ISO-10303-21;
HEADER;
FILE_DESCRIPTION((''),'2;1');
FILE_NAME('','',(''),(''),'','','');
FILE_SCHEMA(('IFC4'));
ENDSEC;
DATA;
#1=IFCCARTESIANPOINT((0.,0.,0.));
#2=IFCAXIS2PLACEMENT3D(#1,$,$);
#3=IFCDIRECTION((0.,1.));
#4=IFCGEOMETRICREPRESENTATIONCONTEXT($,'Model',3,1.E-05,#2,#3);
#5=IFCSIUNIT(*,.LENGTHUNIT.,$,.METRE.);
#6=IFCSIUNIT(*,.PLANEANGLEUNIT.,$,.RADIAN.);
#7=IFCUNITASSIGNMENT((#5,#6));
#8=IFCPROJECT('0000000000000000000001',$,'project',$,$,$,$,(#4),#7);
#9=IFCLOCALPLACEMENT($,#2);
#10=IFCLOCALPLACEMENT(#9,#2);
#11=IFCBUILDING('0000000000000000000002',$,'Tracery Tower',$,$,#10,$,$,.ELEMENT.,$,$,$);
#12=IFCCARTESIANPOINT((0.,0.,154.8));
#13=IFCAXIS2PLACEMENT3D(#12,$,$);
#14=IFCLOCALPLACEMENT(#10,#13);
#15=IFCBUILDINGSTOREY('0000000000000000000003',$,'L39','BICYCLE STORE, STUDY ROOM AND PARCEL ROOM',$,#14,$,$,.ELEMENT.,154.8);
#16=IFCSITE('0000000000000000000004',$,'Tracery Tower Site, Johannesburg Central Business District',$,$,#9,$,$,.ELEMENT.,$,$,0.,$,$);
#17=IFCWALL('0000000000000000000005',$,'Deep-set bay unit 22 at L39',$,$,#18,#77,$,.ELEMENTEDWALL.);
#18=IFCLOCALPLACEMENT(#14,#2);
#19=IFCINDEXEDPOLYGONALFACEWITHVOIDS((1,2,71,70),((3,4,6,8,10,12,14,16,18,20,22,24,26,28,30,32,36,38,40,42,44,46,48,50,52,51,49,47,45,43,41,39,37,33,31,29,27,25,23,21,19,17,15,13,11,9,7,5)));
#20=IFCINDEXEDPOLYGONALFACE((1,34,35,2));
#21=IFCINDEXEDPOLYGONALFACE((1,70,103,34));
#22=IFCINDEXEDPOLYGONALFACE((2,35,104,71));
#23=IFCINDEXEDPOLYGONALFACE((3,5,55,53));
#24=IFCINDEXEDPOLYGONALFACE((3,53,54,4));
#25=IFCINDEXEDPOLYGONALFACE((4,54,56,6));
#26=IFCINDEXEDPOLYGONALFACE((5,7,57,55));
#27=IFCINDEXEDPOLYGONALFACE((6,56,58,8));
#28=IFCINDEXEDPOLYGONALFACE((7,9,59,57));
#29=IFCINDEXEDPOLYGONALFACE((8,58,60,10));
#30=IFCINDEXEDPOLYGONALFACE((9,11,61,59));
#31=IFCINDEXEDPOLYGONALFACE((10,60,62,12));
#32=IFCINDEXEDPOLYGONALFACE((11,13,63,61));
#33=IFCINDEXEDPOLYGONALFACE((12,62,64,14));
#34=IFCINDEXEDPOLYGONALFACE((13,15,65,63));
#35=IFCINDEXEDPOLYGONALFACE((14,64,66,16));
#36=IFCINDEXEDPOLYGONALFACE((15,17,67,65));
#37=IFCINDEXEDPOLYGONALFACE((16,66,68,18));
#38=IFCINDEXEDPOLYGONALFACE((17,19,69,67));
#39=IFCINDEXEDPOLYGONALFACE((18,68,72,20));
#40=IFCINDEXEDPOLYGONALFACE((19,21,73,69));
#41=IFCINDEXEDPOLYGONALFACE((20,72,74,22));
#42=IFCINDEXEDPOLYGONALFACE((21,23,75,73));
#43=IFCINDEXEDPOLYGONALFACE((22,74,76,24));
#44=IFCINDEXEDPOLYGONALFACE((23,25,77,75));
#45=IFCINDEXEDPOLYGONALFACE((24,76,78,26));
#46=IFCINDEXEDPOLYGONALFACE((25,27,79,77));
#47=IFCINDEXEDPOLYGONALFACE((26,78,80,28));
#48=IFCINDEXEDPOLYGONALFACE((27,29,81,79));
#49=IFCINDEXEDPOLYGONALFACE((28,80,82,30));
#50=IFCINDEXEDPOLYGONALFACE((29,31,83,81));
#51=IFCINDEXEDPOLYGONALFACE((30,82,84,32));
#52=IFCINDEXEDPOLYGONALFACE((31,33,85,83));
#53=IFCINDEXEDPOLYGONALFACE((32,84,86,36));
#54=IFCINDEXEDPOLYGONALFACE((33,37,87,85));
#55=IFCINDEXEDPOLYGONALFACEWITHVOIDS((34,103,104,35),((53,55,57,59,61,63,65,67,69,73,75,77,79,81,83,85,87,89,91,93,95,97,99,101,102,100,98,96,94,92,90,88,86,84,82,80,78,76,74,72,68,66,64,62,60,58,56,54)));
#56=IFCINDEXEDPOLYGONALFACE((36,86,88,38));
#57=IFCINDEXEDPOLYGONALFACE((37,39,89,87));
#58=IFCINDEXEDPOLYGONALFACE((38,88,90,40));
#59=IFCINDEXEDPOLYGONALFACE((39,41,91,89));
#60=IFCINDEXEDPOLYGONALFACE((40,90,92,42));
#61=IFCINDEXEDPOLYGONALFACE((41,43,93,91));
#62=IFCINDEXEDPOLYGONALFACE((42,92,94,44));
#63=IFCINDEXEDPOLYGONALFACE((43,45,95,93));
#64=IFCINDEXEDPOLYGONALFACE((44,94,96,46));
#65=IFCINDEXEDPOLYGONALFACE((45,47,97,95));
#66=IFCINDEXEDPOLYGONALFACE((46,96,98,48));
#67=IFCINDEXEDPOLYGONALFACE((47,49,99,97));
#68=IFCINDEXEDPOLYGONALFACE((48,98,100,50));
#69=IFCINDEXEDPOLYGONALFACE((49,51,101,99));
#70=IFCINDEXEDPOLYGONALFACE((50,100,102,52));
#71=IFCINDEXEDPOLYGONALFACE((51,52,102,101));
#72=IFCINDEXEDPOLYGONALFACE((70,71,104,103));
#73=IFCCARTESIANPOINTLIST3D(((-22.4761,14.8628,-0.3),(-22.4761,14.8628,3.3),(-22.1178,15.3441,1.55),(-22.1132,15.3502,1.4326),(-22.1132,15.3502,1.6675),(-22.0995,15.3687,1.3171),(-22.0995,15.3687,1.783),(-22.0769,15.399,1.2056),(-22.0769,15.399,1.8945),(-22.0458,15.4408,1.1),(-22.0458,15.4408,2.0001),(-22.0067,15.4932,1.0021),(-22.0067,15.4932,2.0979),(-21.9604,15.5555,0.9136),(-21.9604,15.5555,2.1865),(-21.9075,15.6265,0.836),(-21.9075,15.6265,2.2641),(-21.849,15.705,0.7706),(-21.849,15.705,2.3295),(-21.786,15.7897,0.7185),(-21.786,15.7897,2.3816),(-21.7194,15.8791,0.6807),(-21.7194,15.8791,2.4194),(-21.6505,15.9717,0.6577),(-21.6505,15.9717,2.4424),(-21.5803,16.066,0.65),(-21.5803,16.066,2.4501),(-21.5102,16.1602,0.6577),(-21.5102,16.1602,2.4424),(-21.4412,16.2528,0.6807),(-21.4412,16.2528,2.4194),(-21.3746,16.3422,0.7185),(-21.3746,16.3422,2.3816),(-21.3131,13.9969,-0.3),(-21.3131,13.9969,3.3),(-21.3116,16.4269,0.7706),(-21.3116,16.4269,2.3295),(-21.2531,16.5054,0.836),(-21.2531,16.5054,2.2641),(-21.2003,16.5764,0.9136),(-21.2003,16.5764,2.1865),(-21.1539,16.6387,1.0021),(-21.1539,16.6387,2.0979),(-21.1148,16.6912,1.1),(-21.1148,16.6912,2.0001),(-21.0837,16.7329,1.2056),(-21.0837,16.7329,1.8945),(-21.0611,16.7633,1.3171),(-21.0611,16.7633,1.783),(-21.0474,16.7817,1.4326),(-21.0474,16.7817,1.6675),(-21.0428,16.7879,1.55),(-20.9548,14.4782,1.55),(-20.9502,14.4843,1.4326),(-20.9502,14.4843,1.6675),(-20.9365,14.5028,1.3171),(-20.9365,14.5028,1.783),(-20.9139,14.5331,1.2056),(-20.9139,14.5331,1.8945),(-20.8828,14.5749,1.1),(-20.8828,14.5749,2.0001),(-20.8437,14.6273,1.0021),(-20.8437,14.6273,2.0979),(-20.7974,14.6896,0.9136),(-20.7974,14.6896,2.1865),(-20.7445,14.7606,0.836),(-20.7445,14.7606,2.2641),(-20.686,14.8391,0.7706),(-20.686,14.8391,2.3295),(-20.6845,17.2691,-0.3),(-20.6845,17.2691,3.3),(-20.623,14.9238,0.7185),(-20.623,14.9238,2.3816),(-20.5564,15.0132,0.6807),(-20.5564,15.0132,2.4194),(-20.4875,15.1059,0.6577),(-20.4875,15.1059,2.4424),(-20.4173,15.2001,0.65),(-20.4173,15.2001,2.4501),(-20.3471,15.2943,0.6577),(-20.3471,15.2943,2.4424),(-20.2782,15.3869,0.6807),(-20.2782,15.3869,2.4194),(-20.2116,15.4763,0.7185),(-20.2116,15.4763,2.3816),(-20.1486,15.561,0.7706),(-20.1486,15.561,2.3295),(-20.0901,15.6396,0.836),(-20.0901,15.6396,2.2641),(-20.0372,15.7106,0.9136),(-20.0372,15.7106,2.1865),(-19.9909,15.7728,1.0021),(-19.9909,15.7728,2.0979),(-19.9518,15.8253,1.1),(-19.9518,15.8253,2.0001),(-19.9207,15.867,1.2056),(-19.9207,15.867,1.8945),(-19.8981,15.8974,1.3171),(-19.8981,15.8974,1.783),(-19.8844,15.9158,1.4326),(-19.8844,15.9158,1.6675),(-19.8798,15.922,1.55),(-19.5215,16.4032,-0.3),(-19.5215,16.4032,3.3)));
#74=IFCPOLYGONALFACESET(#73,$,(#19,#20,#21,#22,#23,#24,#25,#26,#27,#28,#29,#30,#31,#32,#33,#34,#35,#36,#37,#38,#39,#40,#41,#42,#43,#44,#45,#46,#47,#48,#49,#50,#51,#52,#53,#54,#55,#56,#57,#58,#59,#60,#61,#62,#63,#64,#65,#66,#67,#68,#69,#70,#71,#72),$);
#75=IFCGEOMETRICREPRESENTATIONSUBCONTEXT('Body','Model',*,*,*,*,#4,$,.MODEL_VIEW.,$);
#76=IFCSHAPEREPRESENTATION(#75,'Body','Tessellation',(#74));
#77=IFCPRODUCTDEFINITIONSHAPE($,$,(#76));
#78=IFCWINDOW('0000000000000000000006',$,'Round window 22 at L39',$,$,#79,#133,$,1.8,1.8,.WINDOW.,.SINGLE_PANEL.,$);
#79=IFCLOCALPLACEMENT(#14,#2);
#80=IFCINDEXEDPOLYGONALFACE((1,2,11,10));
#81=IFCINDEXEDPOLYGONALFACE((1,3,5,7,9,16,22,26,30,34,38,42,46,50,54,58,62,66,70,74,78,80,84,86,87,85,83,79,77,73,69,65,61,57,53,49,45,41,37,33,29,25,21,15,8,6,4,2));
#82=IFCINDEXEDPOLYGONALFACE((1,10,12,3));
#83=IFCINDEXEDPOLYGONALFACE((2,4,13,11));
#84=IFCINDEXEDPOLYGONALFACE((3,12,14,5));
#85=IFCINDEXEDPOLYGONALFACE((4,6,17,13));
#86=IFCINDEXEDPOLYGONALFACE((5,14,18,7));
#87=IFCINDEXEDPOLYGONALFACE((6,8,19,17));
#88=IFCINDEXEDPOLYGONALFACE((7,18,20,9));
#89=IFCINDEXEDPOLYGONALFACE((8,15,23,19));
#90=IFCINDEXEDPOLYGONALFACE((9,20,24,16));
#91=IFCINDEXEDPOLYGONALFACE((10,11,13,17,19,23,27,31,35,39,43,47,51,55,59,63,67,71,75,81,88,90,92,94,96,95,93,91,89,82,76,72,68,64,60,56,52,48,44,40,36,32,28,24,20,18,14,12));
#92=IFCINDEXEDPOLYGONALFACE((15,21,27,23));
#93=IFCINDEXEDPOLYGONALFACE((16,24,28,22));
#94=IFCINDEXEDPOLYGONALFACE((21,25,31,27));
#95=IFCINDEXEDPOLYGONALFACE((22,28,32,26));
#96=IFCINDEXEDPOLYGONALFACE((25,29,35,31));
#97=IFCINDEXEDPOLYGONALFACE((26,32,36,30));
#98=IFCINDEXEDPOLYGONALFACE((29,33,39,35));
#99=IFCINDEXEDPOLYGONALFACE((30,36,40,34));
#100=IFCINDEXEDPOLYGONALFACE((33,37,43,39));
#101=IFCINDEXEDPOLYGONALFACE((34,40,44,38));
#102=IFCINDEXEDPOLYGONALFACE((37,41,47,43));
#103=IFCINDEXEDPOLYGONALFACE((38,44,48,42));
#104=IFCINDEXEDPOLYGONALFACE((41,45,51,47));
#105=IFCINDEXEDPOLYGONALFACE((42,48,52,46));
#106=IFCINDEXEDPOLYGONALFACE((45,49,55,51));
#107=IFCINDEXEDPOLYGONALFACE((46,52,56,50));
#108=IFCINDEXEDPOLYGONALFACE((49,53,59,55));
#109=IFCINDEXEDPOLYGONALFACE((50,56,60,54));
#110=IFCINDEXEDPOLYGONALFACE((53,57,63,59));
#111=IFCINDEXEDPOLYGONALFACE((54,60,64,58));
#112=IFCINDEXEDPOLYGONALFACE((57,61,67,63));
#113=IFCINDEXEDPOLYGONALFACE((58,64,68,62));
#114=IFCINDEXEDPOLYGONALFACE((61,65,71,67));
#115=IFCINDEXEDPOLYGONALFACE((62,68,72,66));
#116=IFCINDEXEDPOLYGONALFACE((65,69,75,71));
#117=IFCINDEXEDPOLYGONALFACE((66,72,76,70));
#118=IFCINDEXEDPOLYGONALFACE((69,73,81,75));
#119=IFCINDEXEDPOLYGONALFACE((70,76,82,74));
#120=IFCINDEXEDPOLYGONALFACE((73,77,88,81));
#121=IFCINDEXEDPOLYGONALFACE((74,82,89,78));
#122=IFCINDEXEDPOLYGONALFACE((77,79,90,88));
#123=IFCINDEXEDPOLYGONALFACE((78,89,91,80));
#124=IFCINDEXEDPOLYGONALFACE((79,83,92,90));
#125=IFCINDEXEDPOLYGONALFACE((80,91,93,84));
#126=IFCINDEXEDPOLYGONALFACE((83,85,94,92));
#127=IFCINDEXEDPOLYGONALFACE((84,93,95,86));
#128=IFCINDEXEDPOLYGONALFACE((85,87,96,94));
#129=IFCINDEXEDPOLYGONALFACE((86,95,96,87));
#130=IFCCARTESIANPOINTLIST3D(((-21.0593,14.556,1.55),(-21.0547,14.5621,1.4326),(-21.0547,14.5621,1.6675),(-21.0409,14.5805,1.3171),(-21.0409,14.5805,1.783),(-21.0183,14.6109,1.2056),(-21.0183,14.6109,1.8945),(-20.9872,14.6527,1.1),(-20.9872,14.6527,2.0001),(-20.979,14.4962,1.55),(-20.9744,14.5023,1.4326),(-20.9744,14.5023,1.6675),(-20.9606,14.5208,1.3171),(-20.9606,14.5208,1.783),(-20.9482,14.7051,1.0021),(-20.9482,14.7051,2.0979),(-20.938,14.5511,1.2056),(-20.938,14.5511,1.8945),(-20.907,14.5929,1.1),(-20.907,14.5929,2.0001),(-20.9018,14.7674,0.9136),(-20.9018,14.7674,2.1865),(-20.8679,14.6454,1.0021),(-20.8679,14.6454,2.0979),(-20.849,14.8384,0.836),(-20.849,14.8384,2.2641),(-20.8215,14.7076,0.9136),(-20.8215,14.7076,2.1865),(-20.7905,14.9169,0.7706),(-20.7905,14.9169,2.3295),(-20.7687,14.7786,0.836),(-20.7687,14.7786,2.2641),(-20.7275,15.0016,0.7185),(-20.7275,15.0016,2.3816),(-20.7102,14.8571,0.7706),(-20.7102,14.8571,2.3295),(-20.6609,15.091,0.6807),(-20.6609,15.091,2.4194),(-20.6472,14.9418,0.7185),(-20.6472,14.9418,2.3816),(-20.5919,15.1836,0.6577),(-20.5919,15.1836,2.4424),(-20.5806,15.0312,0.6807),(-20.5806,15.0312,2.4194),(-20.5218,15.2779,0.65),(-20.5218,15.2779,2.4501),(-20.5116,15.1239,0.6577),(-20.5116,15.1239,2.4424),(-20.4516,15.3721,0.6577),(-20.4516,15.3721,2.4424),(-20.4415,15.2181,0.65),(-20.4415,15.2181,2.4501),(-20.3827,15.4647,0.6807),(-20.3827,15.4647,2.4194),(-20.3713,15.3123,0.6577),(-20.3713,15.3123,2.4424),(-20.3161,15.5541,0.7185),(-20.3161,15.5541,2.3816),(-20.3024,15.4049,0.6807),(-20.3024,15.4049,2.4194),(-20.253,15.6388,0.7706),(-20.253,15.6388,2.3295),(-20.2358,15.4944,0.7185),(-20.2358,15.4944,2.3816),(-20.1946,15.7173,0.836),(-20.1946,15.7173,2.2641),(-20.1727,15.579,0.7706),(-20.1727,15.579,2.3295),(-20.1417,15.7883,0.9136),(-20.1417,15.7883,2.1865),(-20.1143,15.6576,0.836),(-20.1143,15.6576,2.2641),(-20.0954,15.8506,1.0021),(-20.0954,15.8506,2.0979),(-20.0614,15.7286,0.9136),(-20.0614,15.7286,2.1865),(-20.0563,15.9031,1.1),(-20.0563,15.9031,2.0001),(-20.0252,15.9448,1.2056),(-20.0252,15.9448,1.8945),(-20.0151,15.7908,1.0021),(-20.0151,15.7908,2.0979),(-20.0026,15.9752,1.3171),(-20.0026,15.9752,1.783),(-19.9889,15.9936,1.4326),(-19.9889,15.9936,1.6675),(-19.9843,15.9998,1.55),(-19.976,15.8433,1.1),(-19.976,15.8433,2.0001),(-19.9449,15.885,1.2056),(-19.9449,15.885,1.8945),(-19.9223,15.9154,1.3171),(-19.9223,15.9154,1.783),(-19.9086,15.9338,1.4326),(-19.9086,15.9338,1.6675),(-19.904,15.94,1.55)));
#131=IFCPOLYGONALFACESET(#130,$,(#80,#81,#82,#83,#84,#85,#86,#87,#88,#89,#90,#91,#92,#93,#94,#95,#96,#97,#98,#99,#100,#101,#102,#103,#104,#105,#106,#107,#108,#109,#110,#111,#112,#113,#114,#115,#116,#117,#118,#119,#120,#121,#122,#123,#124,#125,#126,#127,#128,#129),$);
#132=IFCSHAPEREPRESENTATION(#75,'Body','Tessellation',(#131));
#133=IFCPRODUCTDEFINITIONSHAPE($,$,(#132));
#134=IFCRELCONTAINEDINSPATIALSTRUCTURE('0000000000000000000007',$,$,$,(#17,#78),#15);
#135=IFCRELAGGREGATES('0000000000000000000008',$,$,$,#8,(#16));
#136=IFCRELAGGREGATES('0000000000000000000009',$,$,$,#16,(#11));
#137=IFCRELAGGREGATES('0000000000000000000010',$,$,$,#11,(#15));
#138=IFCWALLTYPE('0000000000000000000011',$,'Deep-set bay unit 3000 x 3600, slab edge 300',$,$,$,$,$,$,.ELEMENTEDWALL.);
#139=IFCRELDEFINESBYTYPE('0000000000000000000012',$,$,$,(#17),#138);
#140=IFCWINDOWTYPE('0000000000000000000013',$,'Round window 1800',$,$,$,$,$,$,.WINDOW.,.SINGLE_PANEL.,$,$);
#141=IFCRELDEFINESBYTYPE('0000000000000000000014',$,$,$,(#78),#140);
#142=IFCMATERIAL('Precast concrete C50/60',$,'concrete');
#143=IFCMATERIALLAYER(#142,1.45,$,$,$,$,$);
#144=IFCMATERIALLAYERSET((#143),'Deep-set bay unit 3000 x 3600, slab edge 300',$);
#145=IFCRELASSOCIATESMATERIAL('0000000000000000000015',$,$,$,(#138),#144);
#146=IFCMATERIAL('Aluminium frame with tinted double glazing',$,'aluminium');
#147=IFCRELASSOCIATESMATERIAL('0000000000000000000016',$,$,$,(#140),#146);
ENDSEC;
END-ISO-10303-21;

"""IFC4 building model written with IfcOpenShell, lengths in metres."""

from ifc_helpers import new_model, si_unit, direction, frame, frame_2d, origin, origin_2d, place, context, subcontext, project, spatial, rectangle, circle, extrude, material, layer, layer_set, type_object, element, fill, save


model = new_model("IFC4")

# Units and contexts
model_context = context("Model", 3, precision=1e-05, world=origin(), true_north=direction((0.0, 1.0)))
body_context = subcontext(model_context, "Body", "Model", "MODEL_VIEW")
ifc_project = project(units=[si_unit("LENGTHUNIT", "METRE"), si_unit("PLANEANGLEUNIT", "RADIAN")], contexts=[model_context])

# Site, building, storey
site_placement = place(None, origin())
site = spatial("IfcSite", under=ifc_project, at=site_placement, Name="Tracery Tower Site, Johannesburg Central Business District", CompositionType="ELEMENT", RefElevation=0.0)
building_placement = place(site_placement, origin())
building = spatial("IfcBuilding", under=site, at=building_placement, Name="Tracery Tower", CompositionType="ELEMENT")
storey_placement = place(building_placement, frame((0.0, 0.0, 154.8)))
storey = spatial("IfcBuildingStorey", under=building, at=storey_placement, Name="L39", Description="BICYCLE STORE, STUDY ROOM AND PARCEL ROOM", CompositionType="ELEMENT", Elevation=154.8)

# Wall, opening, window
ifc_material_1 = material(Name="Precast concrete C50/60", Category="concrete")
ifc_layer_1 = layer(ifc_material_1, 1.45)
ifc_layer_set_1 = layer_set([ifc_layer_1], Name="Deep-set bay unit 3000 x 3600, slab edge 300")
wall_type_1 = type_object("IfcWallType", Name="Deep-set bay unit 3000 x 3600, slab edge 300", PredefinedType="ELEMENTEDWALL", material=ifc_layer_set_1)
ifc_material_2 = material(Name="Aluminium frame with tinted double glazing", Category="aluminium")
window_type = type_object("IfcWindowType", Name="Round window 1800", PartitioningType="SINGLE_PANEL", PredefinedType="WINDOW", material=ifc_material_2)
wall_1_placement = place(storey_placement, frame((-20.103, 16.8362, -0.3), z_axis=(0.0, 0.0, 1.0), x_axis=(-0.597184, -0.802104, 0.0)))
wall_1 = element("IfcWall", 1, at=wall_1_placement, inside=storey, type_object=wall_type_1, Name="Deep-set bay unit 22 at L39", PredefinedType="ELEMENTEDWALL", context=body_context, shape_type="SweptSolid", body=[
    extrude(rectangle(XDim=3.0, YDim=1.45, at=frame_2d((1.5, 0.0))), origin(), (0.0, 0.0, 1.0), 3.6001),
])
opening_1_placement = place(wall_1_placement, frame((1.5, 0.0, 1.8501)))
opening_1 = element("IfcOpeningElement", 2, at=opening_1_placement, cuts=wall_1, PredefinedType="OPENING", context=body_context, shape_type="SweptSolid", body=[
    extrude(circle(Radius=0.9, at=origin_2d()), frame((0.0, 0.7349, 0.0), z_axis=(0.0, -1.0, 0.0), x_axis=(1.0, 0.0, 0.0)), (0.0, 0.0, 1.0), 1.47),
])
window_1_placement = place(opening_1_placement, origin())
window_1 = element("IfcWindow", 3, at=window_1_placement, inside=storey, type_object=window_type, Name="Round window 22 at L39", OverallHeight=1.8, OverallWidth=1.8, PartitioningType="SINGLE_PANEL", PredefinedType="WINDOW", context=body_context, shape_type="SweptSolid", body=[
    extrude(circle(Radius=0.9, at=origin_2d()), frame((0.0, 0.6948, 0.0), z_axis=(0.0, -1.0, 0.0), x_axis=(1.0, 0.0, 0.0)), (0.0, 0.0, 1.0), 0.1001),
])
fill(opening_1, window_1)

save(model, "model.ifc")
